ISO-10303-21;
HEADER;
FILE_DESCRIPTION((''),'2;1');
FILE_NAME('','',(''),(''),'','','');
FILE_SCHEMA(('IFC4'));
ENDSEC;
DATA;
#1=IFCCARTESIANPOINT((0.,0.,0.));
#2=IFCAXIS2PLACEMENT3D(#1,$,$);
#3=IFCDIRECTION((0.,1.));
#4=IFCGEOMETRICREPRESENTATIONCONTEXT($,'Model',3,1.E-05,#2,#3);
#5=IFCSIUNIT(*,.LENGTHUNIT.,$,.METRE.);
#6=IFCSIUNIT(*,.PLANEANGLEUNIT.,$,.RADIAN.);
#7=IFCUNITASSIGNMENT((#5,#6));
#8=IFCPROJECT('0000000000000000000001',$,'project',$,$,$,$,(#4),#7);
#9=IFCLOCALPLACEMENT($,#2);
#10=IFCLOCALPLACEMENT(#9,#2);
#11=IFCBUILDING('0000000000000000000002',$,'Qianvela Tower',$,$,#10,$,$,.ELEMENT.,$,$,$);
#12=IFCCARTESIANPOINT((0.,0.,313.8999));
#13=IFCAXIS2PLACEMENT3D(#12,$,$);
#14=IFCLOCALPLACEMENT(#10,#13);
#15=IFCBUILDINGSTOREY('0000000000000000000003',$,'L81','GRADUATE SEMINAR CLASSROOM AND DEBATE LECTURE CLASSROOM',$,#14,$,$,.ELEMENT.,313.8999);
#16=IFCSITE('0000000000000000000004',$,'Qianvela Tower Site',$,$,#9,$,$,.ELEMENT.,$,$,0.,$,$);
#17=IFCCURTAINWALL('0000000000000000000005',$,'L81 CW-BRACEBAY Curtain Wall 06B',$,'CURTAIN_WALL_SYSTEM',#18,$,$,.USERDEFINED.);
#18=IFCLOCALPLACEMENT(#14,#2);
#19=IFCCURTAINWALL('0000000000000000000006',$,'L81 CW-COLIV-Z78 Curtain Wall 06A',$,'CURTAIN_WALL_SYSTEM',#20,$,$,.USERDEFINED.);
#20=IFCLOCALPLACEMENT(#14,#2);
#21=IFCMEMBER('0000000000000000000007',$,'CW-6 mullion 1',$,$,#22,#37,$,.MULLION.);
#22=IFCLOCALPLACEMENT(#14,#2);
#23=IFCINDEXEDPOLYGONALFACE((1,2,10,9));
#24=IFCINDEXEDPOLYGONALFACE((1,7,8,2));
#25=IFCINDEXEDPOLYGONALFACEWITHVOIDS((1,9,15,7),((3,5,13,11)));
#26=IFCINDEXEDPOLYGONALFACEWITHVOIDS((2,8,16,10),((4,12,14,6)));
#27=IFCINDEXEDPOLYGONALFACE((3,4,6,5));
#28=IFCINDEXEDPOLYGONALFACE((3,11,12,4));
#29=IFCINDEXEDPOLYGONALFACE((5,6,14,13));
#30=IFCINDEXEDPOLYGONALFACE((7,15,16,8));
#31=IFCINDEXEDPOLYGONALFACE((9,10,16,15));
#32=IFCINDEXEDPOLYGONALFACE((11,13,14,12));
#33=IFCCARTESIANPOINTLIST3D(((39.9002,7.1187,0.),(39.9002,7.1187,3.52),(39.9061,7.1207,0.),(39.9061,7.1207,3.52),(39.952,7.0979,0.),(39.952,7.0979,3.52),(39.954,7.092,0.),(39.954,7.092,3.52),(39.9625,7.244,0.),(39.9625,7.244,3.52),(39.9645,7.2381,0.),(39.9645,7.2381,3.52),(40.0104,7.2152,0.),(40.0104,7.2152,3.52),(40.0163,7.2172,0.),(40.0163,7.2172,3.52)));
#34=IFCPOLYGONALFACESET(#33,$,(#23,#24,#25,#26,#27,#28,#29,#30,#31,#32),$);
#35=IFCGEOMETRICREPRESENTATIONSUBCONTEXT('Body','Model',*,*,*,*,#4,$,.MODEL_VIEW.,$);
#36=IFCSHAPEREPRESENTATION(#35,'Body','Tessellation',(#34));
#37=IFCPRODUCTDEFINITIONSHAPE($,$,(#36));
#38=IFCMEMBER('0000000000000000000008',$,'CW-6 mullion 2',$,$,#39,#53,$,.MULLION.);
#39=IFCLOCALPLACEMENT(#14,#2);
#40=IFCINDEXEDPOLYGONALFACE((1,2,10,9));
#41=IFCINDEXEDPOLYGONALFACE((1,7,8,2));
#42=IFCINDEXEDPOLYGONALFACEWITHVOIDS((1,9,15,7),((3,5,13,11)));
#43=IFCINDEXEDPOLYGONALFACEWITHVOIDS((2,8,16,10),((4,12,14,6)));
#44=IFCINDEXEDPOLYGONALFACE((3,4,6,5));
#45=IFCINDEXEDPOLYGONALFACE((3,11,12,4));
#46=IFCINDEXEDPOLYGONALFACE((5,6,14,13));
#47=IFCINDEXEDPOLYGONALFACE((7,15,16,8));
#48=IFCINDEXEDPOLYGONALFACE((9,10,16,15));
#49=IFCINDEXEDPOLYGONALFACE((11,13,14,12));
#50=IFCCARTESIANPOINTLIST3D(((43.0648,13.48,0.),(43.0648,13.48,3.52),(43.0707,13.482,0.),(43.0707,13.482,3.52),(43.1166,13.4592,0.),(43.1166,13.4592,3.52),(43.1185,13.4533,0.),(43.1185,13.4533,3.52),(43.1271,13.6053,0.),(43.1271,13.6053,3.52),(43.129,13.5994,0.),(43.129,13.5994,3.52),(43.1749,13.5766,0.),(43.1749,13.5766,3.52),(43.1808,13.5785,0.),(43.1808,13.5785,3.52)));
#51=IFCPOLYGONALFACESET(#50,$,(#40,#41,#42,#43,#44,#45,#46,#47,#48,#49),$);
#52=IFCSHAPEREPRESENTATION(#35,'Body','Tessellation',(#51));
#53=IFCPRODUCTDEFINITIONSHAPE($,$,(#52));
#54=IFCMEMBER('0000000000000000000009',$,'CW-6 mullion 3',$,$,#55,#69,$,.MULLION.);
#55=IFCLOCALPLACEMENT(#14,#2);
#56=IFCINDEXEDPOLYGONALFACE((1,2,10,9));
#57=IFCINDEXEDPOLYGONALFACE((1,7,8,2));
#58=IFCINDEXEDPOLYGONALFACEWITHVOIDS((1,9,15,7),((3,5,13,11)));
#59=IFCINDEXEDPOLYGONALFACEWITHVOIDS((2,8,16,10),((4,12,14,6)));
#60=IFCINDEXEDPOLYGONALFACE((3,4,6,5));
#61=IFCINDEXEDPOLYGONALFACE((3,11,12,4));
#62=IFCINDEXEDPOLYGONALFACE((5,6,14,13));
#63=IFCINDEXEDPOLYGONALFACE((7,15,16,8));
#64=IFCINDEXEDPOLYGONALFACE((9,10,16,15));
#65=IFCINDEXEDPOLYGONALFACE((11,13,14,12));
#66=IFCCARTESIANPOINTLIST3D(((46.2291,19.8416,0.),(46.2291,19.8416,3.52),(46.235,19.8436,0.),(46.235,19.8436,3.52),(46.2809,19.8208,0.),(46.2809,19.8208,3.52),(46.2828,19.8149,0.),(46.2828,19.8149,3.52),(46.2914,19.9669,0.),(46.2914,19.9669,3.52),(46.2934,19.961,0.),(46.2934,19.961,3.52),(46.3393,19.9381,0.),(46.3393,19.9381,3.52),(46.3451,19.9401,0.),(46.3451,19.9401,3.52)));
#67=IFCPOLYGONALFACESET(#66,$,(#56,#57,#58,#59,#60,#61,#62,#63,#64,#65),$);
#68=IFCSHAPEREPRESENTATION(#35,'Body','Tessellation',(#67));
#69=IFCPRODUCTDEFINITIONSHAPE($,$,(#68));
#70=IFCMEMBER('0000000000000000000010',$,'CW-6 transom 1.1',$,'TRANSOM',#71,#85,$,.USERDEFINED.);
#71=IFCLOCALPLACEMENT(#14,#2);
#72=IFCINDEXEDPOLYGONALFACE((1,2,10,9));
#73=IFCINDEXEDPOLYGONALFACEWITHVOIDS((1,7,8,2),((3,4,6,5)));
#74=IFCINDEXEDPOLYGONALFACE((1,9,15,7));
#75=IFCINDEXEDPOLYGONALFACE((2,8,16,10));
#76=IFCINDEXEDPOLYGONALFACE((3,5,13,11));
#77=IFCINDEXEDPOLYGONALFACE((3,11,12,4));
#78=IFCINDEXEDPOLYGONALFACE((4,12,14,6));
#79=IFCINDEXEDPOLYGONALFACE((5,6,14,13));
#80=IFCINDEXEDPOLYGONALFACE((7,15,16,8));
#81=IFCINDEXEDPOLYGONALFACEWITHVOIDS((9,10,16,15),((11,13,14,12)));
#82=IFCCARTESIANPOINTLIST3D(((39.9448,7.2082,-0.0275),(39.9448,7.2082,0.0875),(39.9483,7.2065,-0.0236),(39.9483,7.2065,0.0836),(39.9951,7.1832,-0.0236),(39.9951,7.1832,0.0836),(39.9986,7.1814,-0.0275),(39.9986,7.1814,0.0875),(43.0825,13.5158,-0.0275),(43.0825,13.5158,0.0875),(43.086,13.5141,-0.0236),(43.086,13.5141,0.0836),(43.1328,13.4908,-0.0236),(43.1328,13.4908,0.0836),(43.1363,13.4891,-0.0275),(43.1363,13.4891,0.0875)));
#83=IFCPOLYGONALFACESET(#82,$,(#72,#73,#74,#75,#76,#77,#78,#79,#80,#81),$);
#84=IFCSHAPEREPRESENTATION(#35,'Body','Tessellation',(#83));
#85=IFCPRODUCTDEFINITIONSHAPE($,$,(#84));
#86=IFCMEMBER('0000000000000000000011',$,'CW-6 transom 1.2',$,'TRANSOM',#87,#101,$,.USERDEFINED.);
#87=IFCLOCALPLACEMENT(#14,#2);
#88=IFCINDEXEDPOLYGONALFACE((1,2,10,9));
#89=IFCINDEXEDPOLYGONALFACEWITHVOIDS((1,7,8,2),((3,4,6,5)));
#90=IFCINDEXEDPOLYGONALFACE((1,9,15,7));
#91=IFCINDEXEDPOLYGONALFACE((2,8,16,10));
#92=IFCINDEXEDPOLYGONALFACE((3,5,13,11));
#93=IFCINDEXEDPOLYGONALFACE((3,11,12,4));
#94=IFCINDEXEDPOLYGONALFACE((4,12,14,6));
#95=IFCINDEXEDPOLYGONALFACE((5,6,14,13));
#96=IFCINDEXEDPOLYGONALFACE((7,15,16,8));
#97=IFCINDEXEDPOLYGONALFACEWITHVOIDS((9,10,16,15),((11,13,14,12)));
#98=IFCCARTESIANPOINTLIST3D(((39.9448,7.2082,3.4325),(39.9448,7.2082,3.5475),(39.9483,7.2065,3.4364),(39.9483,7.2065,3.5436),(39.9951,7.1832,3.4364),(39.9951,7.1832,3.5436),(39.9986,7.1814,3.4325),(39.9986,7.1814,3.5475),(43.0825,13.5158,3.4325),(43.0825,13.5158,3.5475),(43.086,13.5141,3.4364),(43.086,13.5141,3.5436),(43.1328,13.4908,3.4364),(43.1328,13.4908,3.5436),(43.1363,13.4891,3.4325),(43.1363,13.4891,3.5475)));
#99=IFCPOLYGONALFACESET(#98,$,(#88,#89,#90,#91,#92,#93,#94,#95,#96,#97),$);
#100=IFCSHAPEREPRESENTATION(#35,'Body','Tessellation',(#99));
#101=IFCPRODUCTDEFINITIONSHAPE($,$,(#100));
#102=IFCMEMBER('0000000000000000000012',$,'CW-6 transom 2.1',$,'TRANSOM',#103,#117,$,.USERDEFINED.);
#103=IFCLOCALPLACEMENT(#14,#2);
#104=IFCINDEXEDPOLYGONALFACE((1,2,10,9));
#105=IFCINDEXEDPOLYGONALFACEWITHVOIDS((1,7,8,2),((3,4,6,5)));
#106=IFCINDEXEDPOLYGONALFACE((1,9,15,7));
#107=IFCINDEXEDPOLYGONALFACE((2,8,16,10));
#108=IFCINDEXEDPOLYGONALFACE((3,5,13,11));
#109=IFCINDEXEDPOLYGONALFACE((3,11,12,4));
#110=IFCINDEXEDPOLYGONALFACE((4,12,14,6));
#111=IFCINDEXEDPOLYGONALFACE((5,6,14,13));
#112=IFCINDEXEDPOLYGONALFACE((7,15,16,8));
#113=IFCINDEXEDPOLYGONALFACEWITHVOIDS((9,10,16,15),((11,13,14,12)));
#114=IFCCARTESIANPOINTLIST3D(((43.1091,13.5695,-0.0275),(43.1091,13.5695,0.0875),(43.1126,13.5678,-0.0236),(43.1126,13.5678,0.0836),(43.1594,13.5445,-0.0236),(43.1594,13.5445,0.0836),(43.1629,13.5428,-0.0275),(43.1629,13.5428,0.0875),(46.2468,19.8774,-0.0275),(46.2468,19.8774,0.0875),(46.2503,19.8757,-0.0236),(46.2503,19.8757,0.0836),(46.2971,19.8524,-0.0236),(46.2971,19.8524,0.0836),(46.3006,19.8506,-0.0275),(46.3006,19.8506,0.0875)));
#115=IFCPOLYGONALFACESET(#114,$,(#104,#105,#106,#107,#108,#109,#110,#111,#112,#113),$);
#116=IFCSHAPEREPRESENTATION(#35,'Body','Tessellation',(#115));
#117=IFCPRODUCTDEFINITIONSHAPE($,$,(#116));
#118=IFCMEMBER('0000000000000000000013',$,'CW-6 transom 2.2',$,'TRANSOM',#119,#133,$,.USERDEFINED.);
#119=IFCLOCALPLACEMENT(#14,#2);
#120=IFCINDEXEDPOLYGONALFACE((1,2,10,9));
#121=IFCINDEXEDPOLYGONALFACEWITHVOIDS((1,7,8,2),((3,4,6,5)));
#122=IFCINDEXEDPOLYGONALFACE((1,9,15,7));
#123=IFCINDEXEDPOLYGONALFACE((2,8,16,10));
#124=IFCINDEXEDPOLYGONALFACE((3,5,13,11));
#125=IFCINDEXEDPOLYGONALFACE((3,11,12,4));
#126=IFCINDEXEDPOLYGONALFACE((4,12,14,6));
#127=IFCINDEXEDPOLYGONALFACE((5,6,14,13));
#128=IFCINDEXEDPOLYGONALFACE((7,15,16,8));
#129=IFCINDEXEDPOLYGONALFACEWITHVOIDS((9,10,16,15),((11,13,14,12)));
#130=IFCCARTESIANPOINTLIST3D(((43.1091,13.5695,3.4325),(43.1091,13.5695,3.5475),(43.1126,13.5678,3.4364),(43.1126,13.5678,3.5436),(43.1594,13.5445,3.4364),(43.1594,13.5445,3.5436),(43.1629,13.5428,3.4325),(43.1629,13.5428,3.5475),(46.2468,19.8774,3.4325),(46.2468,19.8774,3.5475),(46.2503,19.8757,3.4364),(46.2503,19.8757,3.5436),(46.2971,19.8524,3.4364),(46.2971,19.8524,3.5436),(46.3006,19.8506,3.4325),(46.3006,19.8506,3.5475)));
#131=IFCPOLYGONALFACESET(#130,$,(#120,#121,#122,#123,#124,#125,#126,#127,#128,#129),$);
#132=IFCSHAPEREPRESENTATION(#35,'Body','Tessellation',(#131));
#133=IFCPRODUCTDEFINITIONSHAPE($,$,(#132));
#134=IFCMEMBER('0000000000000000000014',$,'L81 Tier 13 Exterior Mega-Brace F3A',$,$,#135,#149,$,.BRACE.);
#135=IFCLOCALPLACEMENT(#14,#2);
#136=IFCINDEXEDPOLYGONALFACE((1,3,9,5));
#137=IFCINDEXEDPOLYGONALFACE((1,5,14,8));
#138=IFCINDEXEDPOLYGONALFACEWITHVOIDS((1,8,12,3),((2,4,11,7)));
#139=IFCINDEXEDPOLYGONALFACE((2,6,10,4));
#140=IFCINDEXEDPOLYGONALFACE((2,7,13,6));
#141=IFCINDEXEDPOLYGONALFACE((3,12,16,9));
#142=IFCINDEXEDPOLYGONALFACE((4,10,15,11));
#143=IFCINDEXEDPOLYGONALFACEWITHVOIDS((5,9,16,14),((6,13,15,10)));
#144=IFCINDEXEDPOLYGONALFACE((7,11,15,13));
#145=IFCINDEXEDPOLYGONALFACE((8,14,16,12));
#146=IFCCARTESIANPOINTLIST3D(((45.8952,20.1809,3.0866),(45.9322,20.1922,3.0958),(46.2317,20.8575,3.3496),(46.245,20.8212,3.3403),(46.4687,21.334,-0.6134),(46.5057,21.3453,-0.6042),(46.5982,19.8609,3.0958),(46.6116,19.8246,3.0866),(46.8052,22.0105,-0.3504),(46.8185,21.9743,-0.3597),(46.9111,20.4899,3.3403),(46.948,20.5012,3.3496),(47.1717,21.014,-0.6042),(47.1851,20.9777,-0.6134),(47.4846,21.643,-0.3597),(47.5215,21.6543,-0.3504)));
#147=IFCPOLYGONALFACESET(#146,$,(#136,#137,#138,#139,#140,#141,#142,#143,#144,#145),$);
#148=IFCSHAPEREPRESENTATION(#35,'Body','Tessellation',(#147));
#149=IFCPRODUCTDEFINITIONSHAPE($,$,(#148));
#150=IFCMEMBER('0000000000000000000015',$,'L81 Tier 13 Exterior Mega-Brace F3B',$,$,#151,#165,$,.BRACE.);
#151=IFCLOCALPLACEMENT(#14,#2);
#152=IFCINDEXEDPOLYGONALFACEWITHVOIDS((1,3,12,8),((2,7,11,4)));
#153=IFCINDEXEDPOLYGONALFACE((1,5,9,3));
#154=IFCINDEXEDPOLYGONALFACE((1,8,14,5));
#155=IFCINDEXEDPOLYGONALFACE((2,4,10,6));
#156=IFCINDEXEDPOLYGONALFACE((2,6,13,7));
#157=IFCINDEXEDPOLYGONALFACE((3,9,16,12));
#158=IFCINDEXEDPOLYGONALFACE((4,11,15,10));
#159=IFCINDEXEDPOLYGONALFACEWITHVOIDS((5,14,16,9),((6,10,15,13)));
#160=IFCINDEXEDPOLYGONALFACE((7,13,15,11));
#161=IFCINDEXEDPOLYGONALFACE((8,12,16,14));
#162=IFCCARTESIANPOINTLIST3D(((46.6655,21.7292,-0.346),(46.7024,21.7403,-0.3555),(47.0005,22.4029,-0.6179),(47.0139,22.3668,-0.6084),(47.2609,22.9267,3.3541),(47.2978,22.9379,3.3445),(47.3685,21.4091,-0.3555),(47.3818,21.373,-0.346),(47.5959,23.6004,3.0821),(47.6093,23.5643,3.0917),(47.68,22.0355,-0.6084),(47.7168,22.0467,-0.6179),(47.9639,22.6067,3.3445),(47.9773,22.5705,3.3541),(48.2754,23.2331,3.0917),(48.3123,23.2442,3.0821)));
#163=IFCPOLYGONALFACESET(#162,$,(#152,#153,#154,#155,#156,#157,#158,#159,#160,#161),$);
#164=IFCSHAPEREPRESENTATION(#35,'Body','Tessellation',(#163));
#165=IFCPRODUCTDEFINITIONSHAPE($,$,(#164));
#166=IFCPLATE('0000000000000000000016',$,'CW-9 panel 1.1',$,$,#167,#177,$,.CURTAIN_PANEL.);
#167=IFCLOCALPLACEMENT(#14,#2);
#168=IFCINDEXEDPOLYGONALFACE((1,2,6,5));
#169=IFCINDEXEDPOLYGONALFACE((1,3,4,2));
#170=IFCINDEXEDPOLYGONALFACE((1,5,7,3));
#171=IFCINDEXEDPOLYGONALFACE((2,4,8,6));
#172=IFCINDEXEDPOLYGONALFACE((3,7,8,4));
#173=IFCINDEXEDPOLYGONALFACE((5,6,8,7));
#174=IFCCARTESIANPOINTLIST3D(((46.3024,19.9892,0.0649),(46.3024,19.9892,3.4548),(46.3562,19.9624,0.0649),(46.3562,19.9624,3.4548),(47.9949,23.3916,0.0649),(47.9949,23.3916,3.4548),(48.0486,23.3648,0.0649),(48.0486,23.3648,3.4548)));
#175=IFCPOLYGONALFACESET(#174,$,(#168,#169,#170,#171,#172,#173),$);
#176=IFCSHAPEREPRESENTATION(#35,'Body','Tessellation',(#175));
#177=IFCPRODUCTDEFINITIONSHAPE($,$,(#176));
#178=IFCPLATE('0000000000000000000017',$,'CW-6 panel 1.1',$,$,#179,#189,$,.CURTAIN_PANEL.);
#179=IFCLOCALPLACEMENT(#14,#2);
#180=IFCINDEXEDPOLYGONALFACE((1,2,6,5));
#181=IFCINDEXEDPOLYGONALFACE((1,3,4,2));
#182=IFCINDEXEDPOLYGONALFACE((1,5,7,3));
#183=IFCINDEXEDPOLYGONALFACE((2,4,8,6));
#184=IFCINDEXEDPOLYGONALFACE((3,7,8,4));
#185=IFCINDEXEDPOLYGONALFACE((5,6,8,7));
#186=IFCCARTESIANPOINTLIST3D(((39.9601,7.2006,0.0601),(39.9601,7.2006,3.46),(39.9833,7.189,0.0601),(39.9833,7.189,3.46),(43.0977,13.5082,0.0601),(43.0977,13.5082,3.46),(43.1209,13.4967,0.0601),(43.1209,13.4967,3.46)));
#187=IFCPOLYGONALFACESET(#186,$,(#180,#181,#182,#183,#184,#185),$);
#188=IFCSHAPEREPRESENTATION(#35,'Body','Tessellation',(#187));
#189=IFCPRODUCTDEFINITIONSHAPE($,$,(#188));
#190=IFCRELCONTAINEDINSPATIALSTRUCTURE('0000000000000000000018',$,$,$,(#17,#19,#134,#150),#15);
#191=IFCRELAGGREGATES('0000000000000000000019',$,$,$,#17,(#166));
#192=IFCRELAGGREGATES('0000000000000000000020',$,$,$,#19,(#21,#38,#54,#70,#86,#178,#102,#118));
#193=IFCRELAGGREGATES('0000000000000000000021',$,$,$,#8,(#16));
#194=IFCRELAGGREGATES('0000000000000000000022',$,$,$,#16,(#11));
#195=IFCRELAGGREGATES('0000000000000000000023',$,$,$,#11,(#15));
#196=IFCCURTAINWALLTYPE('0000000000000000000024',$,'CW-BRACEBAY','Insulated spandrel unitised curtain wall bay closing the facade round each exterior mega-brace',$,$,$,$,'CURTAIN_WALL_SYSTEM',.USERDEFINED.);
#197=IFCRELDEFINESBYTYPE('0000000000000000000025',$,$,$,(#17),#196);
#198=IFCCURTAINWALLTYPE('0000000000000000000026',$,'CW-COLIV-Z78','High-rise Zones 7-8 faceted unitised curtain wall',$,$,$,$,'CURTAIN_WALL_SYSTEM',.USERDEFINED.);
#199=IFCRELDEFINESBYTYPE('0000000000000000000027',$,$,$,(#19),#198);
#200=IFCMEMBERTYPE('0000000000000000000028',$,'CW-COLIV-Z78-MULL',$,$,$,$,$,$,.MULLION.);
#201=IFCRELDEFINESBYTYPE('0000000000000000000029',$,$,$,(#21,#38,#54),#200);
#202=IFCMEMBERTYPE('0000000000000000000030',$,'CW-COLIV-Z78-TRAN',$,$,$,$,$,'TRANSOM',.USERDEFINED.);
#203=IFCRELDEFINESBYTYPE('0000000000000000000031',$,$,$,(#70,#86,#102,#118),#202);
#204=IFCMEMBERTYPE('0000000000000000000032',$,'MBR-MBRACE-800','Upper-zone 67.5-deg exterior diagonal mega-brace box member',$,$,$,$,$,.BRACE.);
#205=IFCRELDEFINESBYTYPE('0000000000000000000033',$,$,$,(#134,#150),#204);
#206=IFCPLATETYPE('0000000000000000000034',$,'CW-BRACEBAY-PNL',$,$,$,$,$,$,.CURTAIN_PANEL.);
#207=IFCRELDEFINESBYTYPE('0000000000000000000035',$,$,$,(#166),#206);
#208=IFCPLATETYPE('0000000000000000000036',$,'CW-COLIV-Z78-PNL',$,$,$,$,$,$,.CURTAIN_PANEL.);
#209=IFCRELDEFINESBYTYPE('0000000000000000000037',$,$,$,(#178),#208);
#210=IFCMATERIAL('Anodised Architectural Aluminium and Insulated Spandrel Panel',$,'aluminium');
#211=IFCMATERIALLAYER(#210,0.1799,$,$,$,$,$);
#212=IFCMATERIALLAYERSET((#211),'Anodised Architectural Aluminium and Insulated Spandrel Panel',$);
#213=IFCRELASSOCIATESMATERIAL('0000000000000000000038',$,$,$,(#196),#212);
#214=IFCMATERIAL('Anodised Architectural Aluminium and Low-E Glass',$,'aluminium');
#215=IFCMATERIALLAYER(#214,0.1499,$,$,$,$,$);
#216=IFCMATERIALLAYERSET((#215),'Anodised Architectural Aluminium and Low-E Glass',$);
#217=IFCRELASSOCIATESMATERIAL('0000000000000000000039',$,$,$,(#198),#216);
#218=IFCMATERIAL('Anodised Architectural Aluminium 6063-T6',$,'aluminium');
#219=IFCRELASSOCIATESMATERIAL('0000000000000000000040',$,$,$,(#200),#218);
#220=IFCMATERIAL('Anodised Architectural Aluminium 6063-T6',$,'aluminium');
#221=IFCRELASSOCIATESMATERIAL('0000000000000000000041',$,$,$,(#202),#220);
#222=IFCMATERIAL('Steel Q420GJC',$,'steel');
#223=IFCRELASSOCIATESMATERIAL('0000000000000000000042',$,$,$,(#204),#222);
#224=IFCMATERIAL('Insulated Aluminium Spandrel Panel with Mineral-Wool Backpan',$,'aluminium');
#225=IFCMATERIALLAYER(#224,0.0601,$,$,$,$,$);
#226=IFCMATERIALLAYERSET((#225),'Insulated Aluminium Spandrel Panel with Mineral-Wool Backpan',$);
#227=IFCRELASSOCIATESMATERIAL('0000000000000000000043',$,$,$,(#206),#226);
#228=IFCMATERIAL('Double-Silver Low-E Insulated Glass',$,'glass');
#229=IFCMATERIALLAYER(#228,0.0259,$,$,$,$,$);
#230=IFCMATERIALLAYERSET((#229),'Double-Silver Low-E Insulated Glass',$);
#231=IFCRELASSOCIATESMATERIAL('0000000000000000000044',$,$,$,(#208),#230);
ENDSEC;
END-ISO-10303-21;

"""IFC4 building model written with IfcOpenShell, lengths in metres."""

from ifc_helpers import new_model, si_unit, direction, frame, origin, origin_2d, place, context, subcontext, project, spatial, rectangle, hollow_rectangle, extrude, material, layer, layer_set, material_profile, profile_set, type_object, element, aggregate, save


model = new_model("IFC4")

# Units and contexts
model_context = context("Model", 3, precision=1e-05, world=origin(), true_north=direction((0.0, 1.0)))
body_context = subcontext(model_context, "Body", "Model", "MODEL_VIEW")
ifc_project = project(units=[si_unit("LENGTHUNIT", "METRE"), si_unit("PLANEANGLEUNIT", "RADIAN")], contexts=[model_context])

# Site, building, storey
site_placement = place(None, origin())
site = spatial("IfcSite", under=ifc_project, at=site_placement, Name="Qianvela Tower Site", CompositionType="ELEMENT", RefElevation=0.0)
building_placement = place(site_placement, origin())
building = spatial("IfcBuilding", under=site, at=building_placement, Name="Qianvela Tower", CompositionType="ELEMENT")
storey_placement = place(building_placement, frame((0.0, 0.0, 313.8999)))
storey = spatial("IfcBuildingStorey", under=building, at=storey_placement, Name="L81", Description="GRADUATE SEMINAR CLASSROOM AND DEBATE LECTURE CLASSROOM", CompositionType="ELEMENT", Elevation=313.8999)

# Curtain wall
ifc_material_1 = material(Name="Anodised Architectural Aluminium and Insulated Spandrel Panel", Category="aluminium")
ifc_layer_1 = layer(ifc_material_1, 0.1799)
ifc_layer_set_1 = layer_set([ifc_layer_1], Name="Anodised Architectural Aluminium and Insulated Spandrel Panel")
curtain_wall_type_1 = type_object("IfcCurtainWallType", Name="CW-BRACEBAY", Description="Insulated spandrel unitised curtain wall bay closing the facade round each exterior mega-brace", ElementType="CURTAIN_WALL_SYSTEM", PredefinedType="USERDEFINED", material=ifc_layer_set_1)
curtain_wall_1_placement = place(storey_placement, origin())
curtain_wall_1 = element("IfcCurtainWall", 1, at=curtain_wall_1_placement, inside=storey, type_object=curtain_wall_type_1, Name="L81 CW-BRACEBAY Curtain Wall 06B", ObjectType="CURTAIN_WALL_SYSTEM", PredefinedType="USERDEFINED")

# Shared definitions
ifc_material_2 = material(Name="Anodised Architectural Aluminium and Low-E Glass", Category="aluminium")
ifc_layer_2 = layer(ifc_material_2, 0.1499)
ifc_layer_set_2 = layer_set([ifc_layer_2], Name="Anodised Architectural Aluminium and Low-E Glass")
curtain_wall_type_2 = type_object("IfcCurtainWallType", Name="CW-COLIV-Z78", Description="High-rise Zones 7-8 faceted unitised curtain wall", ElementType="CURTAIN_WALL_SYSTEM", PredefinedType="USERDEFINED", material=ifc_layer_set_2)
ifc_material_3 = material(Name="Anodised Architectural Aluminium 6063-T6", Category="aluminium")
ifc_material_profile_1 = material_profile(ifc_material_3, hollow_rectangle(XDim=0.0601, YDim=0.1399, WallThickness=0.0044, at=origin_2d()), Name="ALU-MULL-60x140")
ifc_profile_set_1 = profile_set([ifc_material_profile_1], Name="Anodised Architectural Aluminium 6063-T6")
member_type_1 = type_object("IfcMemberType", Name="CW-COLIV-Z78-MULL", PredefinedType="MULLION", material=ifc_profile_set_1)

# Curtain wall, members
curtain_wall_2_placement = place(storey_placement, origin())
curtain_wall_2 = element("IfcCurtainWall", 2, at=curtain_wall_2_placement, inside=storey, type_object=curtain_wall_type_2, Name="L81 CW-COLIV-Z78 Curtain Wall 06A", ObjectType="CURTAIN_WALL_SYSTEM", PredefinedType="USERDEFINED")
member_1_placement = place(storey_placement, frame((39.9583, 7.168, 0.0), z_axis=(0.0, 0.0, 1.0), x_axis=(-0.895348, 0.445368, 0.0)))
member_1 = element("IfcMember", 3, at=member_1_placement, type_object=member_type_1, Name="CW-6 mullion 1", PredefinedType="MULLION", context=body_context, shape_type="SweptSolid", body=[
    extrude(hollow_rectangle(XDim=0.0601, YDim=0.1399, WallThickness=0.0044, at=origin_2d()), origin(), (0.0, 0.0, 1.0), 3.52),
])
member_2_placement = place(storey_placement, frame((43.1228, 13.5293, 0.0), z_axis=(0.0, 0.0, 1.0), x_axis=(-0.895348, 0.445368, 0.0)))
member_2 = element("IfcMember", 4, at=member_2_placement, type_object=member_type_1, Name="CW-6 mullion 2", PredefinedType="MULLION", context=body_context, shape_type="SweptSolid", body=[
    extrude(hollow_rectangle(XDim=0.0601, YDim=0.1399, WallThickness=0.0044, at=origin_2d()), origin(), (0.0, 0.0, 1.0), 3.52),
])
member_3_placement = place(storey_placement, frame((46.2871, 19.8909, 0.0), z_axis=(0.0, 0.0, 1.0), x_axis=(-0.895348, 0.445368, 0.0)))
member_3 = element("IfcMember", 5, at=member_3_placement, type_object=member_type_1, Name="CW-6 mullion 3", PredefinedType="MULLION", context=body_context, shape_type="SweptSolid", body=[
    extrude(hollow_rectangle(XDim=0.0601, YDim=0.1399, WallThickness=0.0044, at=origin_2d()), origin(), (0.0, 0.0, 1.0), 3.52),
])
ifc_material_4 = material(Name="Anodised Architectural Aluminium 6063-T6", Category="aluminium")
ifc_material_profile_2 = material_profile(ifc_material_4, hollow_rectangle(XDim=0.0601, YDim=0.115, WallThickness=0.0039, at=origin_2d()), Name="ALU-TRAN-60x115")
ifc_profile_set_2 = profile_set([ifc_material_profile_2], Name="Anodised Architectural Aluminium 6063-T6")
member_type_2 = type_object("IfcMemberType", Name="CW-COLIV-Z78-TRAN", ElementType="TRANSOM", PredefinedType="USERDEFINED", material=ifc_profile_set_2)
member_4_placement = place(storey_placement, frame((39.9717, 7.1948, 0.03), z_axis=(0.445383, 0.89534, 0.0), x_axis=(-0.89534, 0.445383, 0.0)))
member_4 = element("IfcMember", 6, at=member_4_placement, type_object=member_type_2, Name="CW-6 transom 1.1", ObjectType="TRANSOM", PredefinedType="USERDEFINED", context=body_context, shape_type="SweptSolid", body=[
    extrude(hollow_rectangle(XDim=0.0601, YDim=0.115, WallThickness=0.0039, at=origin_2d()), origin(), (0.0, 0.0, 1.0), 7.0449),
])
member_5_placement = place(storey_placement, frame((39.9717, 7.1948, 3.49), z_axis=(0.445383, 0.89534, 0.0), x_axis=(-0.89534, 0.445383, 0.0)))
member_5 = element("IfcMember", 7, at=member_5_placement, type_object=member_type_2, Name="CW-6 transom 1.2", ObjectType="TRANSOM", PredefinedType="USERDEFINED", context=body_context, shape_type="SweptSolid", body=[
    extrude(hollow_rectangle(XDim=0.0601, YDim=0.115, WallThickness=0.0039, at=origin_2d()), origin(), (0.0, 0.0, 1.0), 7.0449),
])
member_6_placement = place(storey_placement, frame((43.136, 13.5562, 0.03), z_axis=(0.445369, 0.895347, 0.0), x_axis=(-0.895347, 0.445369, 0.0)))
member_6 = element("IfcMember", 8, at=member_6_placement, type_object=member_type_2, Name="CW-6 transom 2.1", ObjectType="TRANSOM", PredefinedType="USERDEFINED", context=body_context, shape_type="SweptSolid", body=[
    extrude(hollow_rectangle(XDim=0.0601, YDim=0.115, WallThickness=0.0039, at=origin_2d()), origin(), (0.0, 0.0, 1.0), 7.0452),
])
member_7_placement = place(storey_placement, frame((43.136, 13.5562, 3.49), z_axis=(0.445369, 0.895347, 0.0), x_axis=(-0.895347, 0.445369, 0.0)))
member_7 = element("IfcMember", 9, at=member_7_placement, type_object=member_type_2, Name="CW-6 transom 2.2", ObjectType="TRANSOM", PredefinedType="USERDEFINED", context=body_context, shape_type="SweptSolid", body=[
    extrude(hollow_rectangle(XDim=0.0601, YDim=0.115, WallThickness=0.0039, at=origin_2d()), origin(), (0.0, 0.0, 1.0), 7.0452),
])

# Members
ifc_material_5 = material(Name="Steel Q420GJC", Category="steel")
ifc_material_profile_3 = material_profile(ifc_material_5, hollow_rectangle(XDim=0.8, YDim=0.8, WallThickness=0.0281, at=origin_2d()), Name="MBOX-800x800x28")
ifc_profile_set_3 = profile_set([ifc_material_profile_3], Name="Steel Q420GJC")
member_type_3 = type_object("IfcMemberType", Name="MBR-MBRACE-800", Description="Upper-zone 67.5-deg exterior diagonal mega-brace box member", PredefinedType="BRACE", material=ifc_profile_set_3)
member_8_placement = place(storey_placement, frame((46.9951, 21.4941, -0.4819), z_axis=(-0.146385, -0.294327, 0.944427), x_axis=(0.895373, -0.445317, 0.0)))
element("IfcMember", 10, at=member_8_placement, inside=storey, type_object=member_type_3, Name="L81 Tier 13 Exterior Mega-Brace F3A", PredefinedType="BRACE", context=body_context, shape_type="SweptSolid", body=[
    extrude(hollow_rectangle(XDim=0.8, YDim=0.8, WallThickness=0.0281, at=origin_2d()), origin(), (0.0, 0.0, 1.0), 3.9177),
])
member_9_placement = place(storey_placement, frame((47.1912, 21.8879, -0.4819), z_axis=(0.151353, 0.304382, 0.940449), x_axis=(-0.895411, 0.445241, 0.0)))
element("IfcMember", 11, at=member_9_placement, inside=storey, type_object=member_type_3, Name="L81 Tier 13 Exterior Mega-Brace F3B", PredefinedType="BRACE", context=body_context, shape_type="SweptSolid", body=[
    extrude(hollow_rectangle(XDim=0.8, YDim=0.8, WallThickness=0.0281, at=origin_2d()), origin(), (0.0, 0.0, 1.0), 3.9343),
])

# Plates
ifc_material_6 = material(Name="Insulated Aluminium Spandrel Panel with Mineral-Wool Backpan", Category="aluminium")
ifc_layer_3 = layer(ifc_material_6, 0.0601)
ifc_layer_set_3 = layer_set([ifc_layer_3], Name="Insulated Aluminium Spandrel Panel with Mineral-Wool Backpan")
plate_type_1 = type_object("IfcPlateType", Name="CW-BRACEBAY-PNL", PredefinedType="CURTAIN_PANEL", material=ifc_layer_set_3)
plate_1_placement = place(storey_placement, frame((47.1755, 21.677, 0.0649), z_axis=(0.0, 0.0, 1.0), x_axis=(0.44537, 0.895346, 0.0)))
plate_1 = element("IfcPlate", 12, at=plate_1_placement, type_object=plate_type_1, Name="CW-9 panel 1.1", PredefinedType="CURTAIN_PANEL", context=body_context, shape_type="SweptSolid", body=[
    extrude(rectangle(XDim=3.8, YDim=0.0601, at=origin_2d()), origin(), (0.0, 0.0, 1.0), 3.3899),
])
aggregate(curtain_wall_1, [plate_1])
ifc_material_7 = material(Name="Double-Silver Low-E Insulated Glass", Category="glass")
ifc_layer_4 = layer(ifc_material_7, 0.0259)
ifc_layer_set_4 = layer_set([ifc_layer_4], Name="Double-Silver Low-E Insulated Glass")
plate_type_2 = type_object("IfcPlateType", Name="CW-COLIV-Z78-PNL", PredefinedType="CURTAIN_PANEL", material=ifc_layer_set_4)
plate_2_placement = place(storey_placement, frame((41.5405, 10.3486, 0.0601), z_axis=(0.0, 0.0, 1.0), x_axis=(0.445368, 0.895348, 0.0)))
plate_2 = element("IfcPlate", 13, at=plate_2_placement, type_object=plate_type_2, Name="CW-6 panel 1.1", PredefinedType="CURTAIN_PANEL", context=body_context, shape_type="SweptSolid", body=[
    extrude(rectangle(XDim=7.0449, YDim=0.0259, at=origin_2d()), origin(), (0.0, 0.0, 1.0), 3.3999),
])
aggregate(curtain_wall_2, [member_1, member_2, member_3, member_4, member_5, plate_2, member_6, member_7])

save(model, "model.ifc")
